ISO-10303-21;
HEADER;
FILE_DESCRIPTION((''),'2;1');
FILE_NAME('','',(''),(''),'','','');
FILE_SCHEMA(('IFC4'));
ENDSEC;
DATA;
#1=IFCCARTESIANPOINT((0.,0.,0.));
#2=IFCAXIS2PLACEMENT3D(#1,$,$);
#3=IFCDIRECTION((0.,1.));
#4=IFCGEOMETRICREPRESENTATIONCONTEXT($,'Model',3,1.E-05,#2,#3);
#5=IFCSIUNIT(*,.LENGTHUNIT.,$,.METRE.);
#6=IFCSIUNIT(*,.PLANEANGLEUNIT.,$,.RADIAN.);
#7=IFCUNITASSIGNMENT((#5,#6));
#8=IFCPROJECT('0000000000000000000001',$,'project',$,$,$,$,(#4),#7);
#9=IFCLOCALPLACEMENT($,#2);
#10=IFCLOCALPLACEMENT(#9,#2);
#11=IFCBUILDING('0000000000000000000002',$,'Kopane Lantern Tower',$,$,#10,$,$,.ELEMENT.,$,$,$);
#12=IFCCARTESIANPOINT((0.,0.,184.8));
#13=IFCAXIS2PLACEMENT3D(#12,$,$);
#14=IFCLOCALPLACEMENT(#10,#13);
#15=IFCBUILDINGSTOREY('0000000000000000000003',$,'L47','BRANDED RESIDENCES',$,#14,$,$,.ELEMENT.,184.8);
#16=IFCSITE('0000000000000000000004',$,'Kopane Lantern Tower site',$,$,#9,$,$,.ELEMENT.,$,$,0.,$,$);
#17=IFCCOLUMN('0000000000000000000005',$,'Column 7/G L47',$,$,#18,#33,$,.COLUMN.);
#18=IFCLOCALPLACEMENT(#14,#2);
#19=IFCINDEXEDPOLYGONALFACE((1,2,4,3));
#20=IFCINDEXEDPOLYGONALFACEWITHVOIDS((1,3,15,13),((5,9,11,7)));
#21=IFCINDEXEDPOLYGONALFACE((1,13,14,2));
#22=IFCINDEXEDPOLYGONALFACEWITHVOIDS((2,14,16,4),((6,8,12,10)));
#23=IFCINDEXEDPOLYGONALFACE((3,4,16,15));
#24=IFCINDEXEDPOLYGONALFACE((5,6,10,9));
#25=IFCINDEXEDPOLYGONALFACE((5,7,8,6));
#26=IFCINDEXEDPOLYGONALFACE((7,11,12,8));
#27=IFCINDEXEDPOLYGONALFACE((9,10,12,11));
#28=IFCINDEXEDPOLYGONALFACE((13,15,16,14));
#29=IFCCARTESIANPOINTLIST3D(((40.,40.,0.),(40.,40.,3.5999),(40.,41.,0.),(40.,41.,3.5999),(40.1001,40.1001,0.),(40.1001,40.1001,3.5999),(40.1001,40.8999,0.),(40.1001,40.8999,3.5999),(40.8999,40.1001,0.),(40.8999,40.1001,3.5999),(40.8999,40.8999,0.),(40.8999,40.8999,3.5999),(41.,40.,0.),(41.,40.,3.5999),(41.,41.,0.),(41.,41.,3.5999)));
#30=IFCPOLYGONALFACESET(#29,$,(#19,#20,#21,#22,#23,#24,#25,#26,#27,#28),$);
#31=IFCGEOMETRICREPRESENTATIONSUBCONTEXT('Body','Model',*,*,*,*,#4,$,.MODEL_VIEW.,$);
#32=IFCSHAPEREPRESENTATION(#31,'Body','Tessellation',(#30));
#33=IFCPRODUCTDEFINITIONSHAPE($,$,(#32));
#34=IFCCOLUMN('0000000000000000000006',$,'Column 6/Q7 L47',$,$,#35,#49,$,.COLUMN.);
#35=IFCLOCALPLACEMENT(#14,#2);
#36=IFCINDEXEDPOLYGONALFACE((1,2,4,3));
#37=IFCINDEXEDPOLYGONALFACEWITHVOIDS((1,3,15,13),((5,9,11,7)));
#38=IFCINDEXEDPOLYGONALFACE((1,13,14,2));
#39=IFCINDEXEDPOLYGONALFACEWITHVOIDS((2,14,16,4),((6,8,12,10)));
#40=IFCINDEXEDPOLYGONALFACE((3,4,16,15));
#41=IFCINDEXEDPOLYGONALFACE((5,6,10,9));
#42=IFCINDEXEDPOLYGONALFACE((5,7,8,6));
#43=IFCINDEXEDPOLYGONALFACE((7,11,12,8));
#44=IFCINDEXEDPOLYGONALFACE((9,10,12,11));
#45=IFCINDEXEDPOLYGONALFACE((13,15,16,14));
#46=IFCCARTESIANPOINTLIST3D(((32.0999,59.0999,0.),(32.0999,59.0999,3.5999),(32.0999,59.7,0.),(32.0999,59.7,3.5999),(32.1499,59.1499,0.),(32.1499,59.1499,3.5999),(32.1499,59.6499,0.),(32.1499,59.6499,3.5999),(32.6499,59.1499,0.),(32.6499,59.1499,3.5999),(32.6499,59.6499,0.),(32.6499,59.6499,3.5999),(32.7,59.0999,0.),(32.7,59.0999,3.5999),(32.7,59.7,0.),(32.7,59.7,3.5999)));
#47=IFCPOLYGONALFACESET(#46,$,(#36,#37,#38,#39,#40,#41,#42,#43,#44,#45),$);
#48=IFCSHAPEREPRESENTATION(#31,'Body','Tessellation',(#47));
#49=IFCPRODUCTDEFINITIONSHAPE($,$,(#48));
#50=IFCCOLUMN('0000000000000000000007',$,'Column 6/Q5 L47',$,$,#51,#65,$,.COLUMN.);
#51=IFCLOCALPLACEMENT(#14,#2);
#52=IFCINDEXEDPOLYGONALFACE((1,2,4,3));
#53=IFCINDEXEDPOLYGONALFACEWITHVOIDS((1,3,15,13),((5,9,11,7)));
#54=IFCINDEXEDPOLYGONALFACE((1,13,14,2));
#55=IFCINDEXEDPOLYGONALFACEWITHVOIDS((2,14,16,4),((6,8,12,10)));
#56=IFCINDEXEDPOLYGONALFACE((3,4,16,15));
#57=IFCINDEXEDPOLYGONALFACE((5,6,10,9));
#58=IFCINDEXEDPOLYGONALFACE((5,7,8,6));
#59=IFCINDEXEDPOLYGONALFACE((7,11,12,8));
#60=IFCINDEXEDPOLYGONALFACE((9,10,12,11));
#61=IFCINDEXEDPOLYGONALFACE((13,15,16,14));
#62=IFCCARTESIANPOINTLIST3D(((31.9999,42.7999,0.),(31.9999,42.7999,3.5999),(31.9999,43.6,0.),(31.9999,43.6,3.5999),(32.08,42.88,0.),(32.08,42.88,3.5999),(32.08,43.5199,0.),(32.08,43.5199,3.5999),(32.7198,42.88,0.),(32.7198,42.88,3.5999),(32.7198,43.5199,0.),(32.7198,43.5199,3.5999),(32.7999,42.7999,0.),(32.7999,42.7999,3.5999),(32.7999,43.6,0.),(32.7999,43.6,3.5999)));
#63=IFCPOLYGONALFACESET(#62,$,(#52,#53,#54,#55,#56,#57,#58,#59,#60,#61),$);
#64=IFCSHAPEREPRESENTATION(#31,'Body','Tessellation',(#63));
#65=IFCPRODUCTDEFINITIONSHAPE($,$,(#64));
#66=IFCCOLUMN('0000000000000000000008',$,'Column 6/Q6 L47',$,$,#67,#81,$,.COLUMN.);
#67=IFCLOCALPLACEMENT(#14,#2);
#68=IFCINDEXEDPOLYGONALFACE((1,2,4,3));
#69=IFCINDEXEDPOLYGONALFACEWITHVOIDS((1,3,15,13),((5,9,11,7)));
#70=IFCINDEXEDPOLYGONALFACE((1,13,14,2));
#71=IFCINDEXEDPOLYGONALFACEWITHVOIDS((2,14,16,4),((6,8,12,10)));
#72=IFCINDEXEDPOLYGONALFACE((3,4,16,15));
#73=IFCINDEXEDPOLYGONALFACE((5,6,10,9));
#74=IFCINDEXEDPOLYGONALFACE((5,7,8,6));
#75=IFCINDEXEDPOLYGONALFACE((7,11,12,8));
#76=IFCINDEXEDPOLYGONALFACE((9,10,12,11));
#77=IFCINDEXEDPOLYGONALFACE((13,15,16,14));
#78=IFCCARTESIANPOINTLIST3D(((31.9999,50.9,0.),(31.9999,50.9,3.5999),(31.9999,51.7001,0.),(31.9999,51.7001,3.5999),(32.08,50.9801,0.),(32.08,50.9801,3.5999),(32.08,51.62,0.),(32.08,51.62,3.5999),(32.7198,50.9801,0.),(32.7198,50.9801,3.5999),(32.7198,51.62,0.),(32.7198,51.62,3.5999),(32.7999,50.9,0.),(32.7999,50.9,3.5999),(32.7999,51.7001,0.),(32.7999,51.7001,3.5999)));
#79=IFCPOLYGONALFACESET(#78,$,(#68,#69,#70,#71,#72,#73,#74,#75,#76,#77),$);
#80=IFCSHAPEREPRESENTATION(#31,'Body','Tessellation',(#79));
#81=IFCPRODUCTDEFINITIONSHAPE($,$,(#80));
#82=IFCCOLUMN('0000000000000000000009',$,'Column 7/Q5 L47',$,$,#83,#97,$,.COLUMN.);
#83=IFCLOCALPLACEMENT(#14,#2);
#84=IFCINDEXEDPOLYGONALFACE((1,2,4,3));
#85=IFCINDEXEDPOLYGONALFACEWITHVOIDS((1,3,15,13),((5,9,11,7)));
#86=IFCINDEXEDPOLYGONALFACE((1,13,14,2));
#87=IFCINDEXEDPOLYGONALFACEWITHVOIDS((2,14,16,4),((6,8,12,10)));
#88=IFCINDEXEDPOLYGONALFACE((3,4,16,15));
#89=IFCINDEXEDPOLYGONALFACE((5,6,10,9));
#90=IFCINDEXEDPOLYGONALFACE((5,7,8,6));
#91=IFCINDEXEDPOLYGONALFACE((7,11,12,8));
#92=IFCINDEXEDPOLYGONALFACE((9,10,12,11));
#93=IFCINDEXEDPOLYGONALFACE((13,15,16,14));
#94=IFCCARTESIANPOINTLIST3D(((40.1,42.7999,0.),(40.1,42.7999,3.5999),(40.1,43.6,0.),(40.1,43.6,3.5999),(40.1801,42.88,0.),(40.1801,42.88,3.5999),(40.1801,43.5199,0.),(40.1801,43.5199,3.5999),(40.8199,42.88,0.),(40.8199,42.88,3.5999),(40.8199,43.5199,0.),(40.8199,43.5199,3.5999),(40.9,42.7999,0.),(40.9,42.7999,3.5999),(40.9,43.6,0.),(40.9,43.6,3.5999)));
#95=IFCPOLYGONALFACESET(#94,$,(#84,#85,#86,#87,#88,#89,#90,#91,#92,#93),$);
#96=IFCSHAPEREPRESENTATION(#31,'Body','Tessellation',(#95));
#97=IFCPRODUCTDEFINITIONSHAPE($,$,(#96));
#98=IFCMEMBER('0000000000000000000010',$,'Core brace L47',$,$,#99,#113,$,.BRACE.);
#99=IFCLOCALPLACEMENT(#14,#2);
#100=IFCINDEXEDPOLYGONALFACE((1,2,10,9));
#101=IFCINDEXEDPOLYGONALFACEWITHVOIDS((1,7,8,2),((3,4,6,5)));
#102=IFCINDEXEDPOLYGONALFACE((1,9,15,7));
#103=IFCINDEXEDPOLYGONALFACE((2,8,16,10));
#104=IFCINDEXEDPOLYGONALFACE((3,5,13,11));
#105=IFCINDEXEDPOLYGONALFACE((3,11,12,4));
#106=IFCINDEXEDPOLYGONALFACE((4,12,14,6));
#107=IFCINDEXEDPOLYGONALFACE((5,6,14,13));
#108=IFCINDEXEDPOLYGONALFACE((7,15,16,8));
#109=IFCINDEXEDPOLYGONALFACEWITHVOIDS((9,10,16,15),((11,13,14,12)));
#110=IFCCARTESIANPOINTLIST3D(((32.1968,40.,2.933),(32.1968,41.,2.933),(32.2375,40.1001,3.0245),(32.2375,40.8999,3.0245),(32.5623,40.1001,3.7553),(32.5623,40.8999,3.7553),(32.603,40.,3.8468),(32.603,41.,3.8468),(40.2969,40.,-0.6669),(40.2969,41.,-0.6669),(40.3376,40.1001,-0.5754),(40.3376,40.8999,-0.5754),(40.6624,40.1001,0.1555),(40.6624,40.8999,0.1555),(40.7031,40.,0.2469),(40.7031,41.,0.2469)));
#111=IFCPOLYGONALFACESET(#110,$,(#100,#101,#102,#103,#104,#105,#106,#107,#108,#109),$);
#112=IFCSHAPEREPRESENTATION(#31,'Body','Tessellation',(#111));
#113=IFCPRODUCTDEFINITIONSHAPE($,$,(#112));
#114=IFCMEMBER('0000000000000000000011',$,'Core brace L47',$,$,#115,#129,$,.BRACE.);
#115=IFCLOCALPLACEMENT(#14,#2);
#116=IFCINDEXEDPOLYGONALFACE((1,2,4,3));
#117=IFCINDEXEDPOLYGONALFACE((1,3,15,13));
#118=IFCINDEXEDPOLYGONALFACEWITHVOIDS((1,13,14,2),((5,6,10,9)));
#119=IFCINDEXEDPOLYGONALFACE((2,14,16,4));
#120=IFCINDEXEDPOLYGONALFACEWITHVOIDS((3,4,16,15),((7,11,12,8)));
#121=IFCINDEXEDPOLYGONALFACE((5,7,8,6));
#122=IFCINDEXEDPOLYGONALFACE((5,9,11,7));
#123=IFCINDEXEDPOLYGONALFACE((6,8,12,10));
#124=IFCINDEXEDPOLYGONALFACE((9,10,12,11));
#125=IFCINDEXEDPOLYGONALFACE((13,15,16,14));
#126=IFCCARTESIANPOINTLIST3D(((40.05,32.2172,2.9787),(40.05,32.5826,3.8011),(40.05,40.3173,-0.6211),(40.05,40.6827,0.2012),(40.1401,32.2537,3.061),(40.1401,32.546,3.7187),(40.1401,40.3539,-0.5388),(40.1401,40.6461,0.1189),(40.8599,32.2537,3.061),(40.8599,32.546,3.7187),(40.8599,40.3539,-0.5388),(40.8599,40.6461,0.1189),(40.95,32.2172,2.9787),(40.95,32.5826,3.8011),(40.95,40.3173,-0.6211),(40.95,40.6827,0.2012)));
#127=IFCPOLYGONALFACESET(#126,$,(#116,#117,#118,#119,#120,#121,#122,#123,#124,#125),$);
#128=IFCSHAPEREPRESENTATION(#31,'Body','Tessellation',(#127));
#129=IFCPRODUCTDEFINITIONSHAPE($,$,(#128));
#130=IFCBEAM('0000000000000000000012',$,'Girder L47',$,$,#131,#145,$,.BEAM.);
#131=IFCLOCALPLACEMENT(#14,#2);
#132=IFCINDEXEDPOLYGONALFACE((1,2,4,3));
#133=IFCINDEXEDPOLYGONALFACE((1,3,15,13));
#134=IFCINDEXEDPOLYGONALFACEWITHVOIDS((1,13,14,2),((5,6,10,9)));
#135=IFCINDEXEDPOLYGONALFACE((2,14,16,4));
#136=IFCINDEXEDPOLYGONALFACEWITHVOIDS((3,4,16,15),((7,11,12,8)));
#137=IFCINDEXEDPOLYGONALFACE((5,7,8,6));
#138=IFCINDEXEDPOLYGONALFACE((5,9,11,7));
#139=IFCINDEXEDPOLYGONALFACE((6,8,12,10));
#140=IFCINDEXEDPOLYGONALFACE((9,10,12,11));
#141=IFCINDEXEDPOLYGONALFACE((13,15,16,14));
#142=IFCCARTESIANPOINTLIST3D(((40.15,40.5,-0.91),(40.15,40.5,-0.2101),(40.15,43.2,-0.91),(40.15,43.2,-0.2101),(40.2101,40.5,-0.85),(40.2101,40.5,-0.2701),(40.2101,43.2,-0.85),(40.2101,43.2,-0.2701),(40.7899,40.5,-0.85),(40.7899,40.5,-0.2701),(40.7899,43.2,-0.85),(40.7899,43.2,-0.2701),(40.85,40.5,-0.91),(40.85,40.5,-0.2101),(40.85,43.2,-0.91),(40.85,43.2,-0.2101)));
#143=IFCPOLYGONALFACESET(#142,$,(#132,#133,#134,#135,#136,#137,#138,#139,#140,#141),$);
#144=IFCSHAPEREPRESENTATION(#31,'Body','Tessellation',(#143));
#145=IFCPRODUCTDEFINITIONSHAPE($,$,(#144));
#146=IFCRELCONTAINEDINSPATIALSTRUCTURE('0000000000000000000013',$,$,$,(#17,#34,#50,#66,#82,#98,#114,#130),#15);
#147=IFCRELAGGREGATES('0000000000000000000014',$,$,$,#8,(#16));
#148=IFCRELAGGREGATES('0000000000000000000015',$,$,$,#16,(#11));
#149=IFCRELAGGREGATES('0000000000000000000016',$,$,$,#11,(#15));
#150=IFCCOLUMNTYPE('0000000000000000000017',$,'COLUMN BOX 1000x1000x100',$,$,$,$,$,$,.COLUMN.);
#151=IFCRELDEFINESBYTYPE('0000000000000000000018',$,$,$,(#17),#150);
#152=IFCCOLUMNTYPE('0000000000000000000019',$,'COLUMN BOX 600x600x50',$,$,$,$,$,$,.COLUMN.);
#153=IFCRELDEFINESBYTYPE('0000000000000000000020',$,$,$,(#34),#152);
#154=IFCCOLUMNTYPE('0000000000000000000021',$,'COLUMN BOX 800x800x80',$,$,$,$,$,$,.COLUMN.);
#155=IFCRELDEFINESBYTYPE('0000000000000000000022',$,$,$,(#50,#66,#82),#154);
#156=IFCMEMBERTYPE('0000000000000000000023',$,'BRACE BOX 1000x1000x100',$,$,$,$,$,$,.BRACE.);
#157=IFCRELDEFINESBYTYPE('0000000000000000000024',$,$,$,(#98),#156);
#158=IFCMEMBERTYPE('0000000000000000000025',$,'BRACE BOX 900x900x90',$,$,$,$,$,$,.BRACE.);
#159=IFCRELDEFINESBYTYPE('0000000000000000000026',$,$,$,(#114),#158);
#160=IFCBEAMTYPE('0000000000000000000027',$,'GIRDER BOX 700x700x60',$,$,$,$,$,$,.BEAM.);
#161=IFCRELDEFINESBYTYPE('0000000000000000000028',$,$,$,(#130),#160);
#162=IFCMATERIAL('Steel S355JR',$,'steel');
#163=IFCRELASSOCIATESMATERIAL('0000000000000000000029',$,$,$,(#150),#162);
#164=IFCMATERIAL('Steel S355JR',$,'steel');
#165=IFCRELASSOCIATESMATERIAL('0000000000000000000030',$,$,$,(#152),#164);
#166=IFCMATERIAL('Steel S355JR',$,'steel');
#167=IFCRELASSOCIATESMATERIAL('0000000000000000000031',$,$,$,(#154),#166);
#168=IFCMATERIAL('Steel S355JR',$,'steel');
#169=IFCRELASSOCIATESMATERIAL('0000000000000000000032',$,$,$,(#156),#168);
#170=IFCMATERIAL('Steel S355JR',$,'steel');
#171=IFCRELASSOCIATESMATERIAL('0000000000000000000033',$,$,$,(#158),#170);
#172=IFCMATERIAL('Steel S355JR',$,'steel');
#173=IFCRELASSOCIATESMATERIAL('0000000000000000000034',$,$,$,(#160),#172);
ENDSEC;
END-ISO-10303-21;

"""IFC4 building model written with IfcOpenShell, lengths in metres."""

from ifc_helpers import new_model, si_unit, direction, frame, origin, origin_2d, place, context, subcontext, project, spatial, hollow_rectangle, extrude, material, material_profile, profile_set, type_object, element, save


model = new_model("IFC4")

# Units and contexts
model_context = context("Model", 3, precision=1e-05, world=origin(), true_north=direction((0.0, 1.0)))
body_context = subcontext(model_context, "Body", "Model", "MODEL_VIEW")
ifc_project = project(units=[si_unit("LENGTHUNIT", "METRE"), si_unit("PLANEANGLEUNIT", "RADIAN")], contexts=[model_context])

# Site, building, storey
site_placement = place(None, origin())
site = spatial("IfcSite", under=ifc_project, at=site_placement, Name="Kopane Lantern Tower site", CompositionType="ELEMENT", RefElevation=0.0)
building_placement = place(site_placement, origin())
building = spatial("IfcBuilding", under=site, at=building_placement, Name="Kopane Lantern Tower", CompositionType="ELEMENT")
storey_placement = place(building_placement, frame((0.0, 0.0, 184.8)))
storey = spatial("IfcBuildingStorey", under=building, at=storey_placement, Name="L47", Description="BRANDED RESIDENCES", CompositionType="ELEMENT", Elevation=184.8)

# Columns
ifc_material_1 = material(Name="Steel S355JR", Category="steel")
ifc_material_profile_1 = material_profile(ifc_material_1, hollow_rectangle(XDim=1.0, YDim=1.0, WallThickness=0.1001, at=origin_2d()), Name="BOX 1000x1000x100")
ifc_profile_set_1 = profile_set([ifc_material_profile_1], Name="Steel S355JR")
column_type_1 = type_object("IfcColumnType", Name="COLUMN BOX 1000x1000x100", PredefinedType="COLUMN", material=ifc_profile_set_1)
column_1_placement = place(storey_placement, frame((40.5, 40.5, 0.0), z_axis=(0.0, 0.0, 1.0), x_axis=(1.0, 0.0, 0.0)))
element("IfcColumn", 1, at=column_1_placement, inside=storey, type_object=column_type_1, Name="Column 7/G L47", PredefinedType="COLUMN", context=body_context, shape_type="SweptSolid", body=[
    extrude(hollow_rectangle(XDim=1.0, YDim=1.0, WallThickness=0.1001, at=origin_2d()), origin(), (0.0, 0.0, 1.0), 3.5999),
])
ifc_material_2 = material(Name="Steel S355JR", Category="steel")
ifc_material_profile_2 = material_profile(ifc_material_2, hollow_rectangle(XDim=0.6001, YDim=0.6001, WallThickness=0.05, at=origin_2d()), Name="BOX 600x600x50")
ifc_profile_set_2 = profile_set([ifc_material_profile_2], Name="Steel S355JR")
column_type_2 = type_object("IfcColumnType", Name="COLUMN BOX 600x600x50", PredefinedType="COLUMN", material=ifc_profile_set_2)
column_2_placement = place(storey_placement, frame((32.3999, 59.3999, 0.0), z_axis=(0.0, 0.0, 1.0), x_axis=(1.0, 0.0, 0.0)))
element("IfcColumn", 2, at=column_2_placement, inside=storey, type_object=column_type_2, Name="Column 6/Q7 L47", PredefinedType="COLUMN", context=body_context, shape_type="SweptSolid", body=[
    extrude(hollow_rectangle(XDim=0.6001, YDim=0.6001, WallThickness=0.05, at=origin_2d()), origin(), (0.0, 0.0, 1.0), 3.5999),
])
ifc_material_3 = material(Name="Steel S355JR", Category="steel")
ifc_material_profile_3 = material_profile(ifc_material_3, hollow_rectangle(XDim=0.8, YDim=0.8, WallThickness=0.0801, at=origin_2d()), Name="BOX 800x800x80")
ifc_profile_set_3 = profile_set([ifc_material_profile_3], Name="Steel S355JR")
column_type_3 = type_object("IfcColumnType", Name="COLUMN BOX 800x800x80", PredefinedType="COLUMN", material=ifc_profile_set_3)
for number, where, z_axis, x_axis, name in (
    (3, (32.3999, 43.2, 0.0), (0.0, 0.0, 1.0), (1.0, 0.0, 0.0), "Column 6/Q5 L47"),
    (4, (32.3999, 51.3, 0.0), (0.0, 0.0, 1.0), (1.0, 0.0, 0.0), "Column 6/Q6 L47"),
    (5, (40.5, 43.2, 0.0), (0.0, 0.0, 1.0), (1.0, 0.0, 0.0), "Column 7/Q5 L47"),
):
    element("IfcColumn", number, at=place(storey_placement, frame(where, z_axis=z_axis, x_axis=x_axis)), inside=storey, type_object=column_type_3, Name=name, PredefinedType="COLUMN", context=body_context, shape_type="SweptSolid", body=[
        extrude(hollow_rectangle(XDim=0.8, YDim=0.8, WallThickness=0.0801, at=origin_2d()), origin(), (0.0, 0.0, 1.0), 3.5999),
    ])

# Members
ifc_material_4 = material(Name="Steel S355JR", Category="steel")
ifc_material_profile_4 = material_profile(ifc_material_4, hollow_rectangle(XDim=1.0, YDim=1.0, WallThickness=0.1001, at=origin_2d()), Name="BOX 1000x1000x100")
ifc_profile_set_4 = profile_set([ifc_material_profile_4], Name="Steel S355JR")
member_type_1 = type_object("IfcMemberType", Name="BRACE BOX 1000x1000x100", PredefinedType="BRACE", material=ifc_profile_set_4)
member_1_placement = place(storey_placement, frame((40.5, 40.5, -0.21), z_axis=(-0.913819, 0.0, 0.406121), x_axis=(0.0, -1.0, 0.0)))
element("IfcMember", 6, at=member_1_placement, inside=storey, type_object=member_type_1, Name="Core brace L47", PredefinedType="BRACE", context=body_context, shape_type="SweptSolid", body=[
    extrude(hollow_rectangle(XDim=1.0, YDim=1.0, WallThickness=0.1001, at=origin_2d()), origin(), (0.0, 0.0, 1.0), 8.864),
])
ifc_material_5 = material(Name="Steel S355JR", Category="steel")
ifc_material_profile_5 = material_profile(ifc_material_5, hollow_rectangle(XDim=0.8999, YDim=0.8999, WallThickness=0.0901, at=origin_2d()), Name="BOX 900x900x90")
ifc_profile_set_5 = profile_set([ifc_material_profile_5], Name="Steel S355JR")
member_type_2 = type_object("IfcMemberType", Name="BRACE BOX 900x900x90", PredefinedType="BRACE", material=ifc_profile_set_5)
member_2_placement = place(storey_placement, frame((40.5, 40.5, -0.21), z_axis=(0.0, -0.913819, 0.406121), x_axis=(1.0, 0.0, 0.0)))
element("IfcMember", 7, at=member_2_placement, inside=storey, type_object=member_type_2, Name="Core brace L47", PredefinedType="BRACE", context=body_context, shape_type="SweptSolid", body=[
    extrude(hollow_rectangle(XDim=0.8999, YDim=0.8999, WallThickness=0.0901, at=origin_2d()), origin(), (0.0, 0.0, 1.0), 8.864),
])

# Beam
ifc_material_6 = material(Name="Steel S355JR", Category="steel")
ifc_material_profile_6 = material_profile(ifc_material_6, hollow_rectangle(XDim=0.7, YDim=0.7, WallThickness=0.0601, at=origin_2d()), Name="BOX 700x700x60")
ifc_profile_set_6 = profile_set([ifc_material_profile_6], Name="Steel S355JR")
beam_type_1 = type_object("IfcBeamType", Name="GIRDER BOX 700x700x60", PredefinedType="BEAM", material=ifc_profile_set_6)
beam_1_placement = place(storey_placement, frame((40.5, 40.5, -0.5601), z_axis=(0.0, 1.0, 0.0), x_axis=(-1.0, 0.0, 0.0)))
element("IfcBeam", 8, at=beam_1_placement, inside=storey, type_object=beam_type_1, Name="Girder L47", PredefinedType="BEAM", context=body_context, shape_type="SweptSolid", body=[
    extrude(hollow_rectangle(XDim=0.7, YDim=0.7, WallThickness=0.0601, at=origin_2d()), origin(), (0.0, 0.0, 1.0), 2.7),
])

save(model, "model.ifc")
